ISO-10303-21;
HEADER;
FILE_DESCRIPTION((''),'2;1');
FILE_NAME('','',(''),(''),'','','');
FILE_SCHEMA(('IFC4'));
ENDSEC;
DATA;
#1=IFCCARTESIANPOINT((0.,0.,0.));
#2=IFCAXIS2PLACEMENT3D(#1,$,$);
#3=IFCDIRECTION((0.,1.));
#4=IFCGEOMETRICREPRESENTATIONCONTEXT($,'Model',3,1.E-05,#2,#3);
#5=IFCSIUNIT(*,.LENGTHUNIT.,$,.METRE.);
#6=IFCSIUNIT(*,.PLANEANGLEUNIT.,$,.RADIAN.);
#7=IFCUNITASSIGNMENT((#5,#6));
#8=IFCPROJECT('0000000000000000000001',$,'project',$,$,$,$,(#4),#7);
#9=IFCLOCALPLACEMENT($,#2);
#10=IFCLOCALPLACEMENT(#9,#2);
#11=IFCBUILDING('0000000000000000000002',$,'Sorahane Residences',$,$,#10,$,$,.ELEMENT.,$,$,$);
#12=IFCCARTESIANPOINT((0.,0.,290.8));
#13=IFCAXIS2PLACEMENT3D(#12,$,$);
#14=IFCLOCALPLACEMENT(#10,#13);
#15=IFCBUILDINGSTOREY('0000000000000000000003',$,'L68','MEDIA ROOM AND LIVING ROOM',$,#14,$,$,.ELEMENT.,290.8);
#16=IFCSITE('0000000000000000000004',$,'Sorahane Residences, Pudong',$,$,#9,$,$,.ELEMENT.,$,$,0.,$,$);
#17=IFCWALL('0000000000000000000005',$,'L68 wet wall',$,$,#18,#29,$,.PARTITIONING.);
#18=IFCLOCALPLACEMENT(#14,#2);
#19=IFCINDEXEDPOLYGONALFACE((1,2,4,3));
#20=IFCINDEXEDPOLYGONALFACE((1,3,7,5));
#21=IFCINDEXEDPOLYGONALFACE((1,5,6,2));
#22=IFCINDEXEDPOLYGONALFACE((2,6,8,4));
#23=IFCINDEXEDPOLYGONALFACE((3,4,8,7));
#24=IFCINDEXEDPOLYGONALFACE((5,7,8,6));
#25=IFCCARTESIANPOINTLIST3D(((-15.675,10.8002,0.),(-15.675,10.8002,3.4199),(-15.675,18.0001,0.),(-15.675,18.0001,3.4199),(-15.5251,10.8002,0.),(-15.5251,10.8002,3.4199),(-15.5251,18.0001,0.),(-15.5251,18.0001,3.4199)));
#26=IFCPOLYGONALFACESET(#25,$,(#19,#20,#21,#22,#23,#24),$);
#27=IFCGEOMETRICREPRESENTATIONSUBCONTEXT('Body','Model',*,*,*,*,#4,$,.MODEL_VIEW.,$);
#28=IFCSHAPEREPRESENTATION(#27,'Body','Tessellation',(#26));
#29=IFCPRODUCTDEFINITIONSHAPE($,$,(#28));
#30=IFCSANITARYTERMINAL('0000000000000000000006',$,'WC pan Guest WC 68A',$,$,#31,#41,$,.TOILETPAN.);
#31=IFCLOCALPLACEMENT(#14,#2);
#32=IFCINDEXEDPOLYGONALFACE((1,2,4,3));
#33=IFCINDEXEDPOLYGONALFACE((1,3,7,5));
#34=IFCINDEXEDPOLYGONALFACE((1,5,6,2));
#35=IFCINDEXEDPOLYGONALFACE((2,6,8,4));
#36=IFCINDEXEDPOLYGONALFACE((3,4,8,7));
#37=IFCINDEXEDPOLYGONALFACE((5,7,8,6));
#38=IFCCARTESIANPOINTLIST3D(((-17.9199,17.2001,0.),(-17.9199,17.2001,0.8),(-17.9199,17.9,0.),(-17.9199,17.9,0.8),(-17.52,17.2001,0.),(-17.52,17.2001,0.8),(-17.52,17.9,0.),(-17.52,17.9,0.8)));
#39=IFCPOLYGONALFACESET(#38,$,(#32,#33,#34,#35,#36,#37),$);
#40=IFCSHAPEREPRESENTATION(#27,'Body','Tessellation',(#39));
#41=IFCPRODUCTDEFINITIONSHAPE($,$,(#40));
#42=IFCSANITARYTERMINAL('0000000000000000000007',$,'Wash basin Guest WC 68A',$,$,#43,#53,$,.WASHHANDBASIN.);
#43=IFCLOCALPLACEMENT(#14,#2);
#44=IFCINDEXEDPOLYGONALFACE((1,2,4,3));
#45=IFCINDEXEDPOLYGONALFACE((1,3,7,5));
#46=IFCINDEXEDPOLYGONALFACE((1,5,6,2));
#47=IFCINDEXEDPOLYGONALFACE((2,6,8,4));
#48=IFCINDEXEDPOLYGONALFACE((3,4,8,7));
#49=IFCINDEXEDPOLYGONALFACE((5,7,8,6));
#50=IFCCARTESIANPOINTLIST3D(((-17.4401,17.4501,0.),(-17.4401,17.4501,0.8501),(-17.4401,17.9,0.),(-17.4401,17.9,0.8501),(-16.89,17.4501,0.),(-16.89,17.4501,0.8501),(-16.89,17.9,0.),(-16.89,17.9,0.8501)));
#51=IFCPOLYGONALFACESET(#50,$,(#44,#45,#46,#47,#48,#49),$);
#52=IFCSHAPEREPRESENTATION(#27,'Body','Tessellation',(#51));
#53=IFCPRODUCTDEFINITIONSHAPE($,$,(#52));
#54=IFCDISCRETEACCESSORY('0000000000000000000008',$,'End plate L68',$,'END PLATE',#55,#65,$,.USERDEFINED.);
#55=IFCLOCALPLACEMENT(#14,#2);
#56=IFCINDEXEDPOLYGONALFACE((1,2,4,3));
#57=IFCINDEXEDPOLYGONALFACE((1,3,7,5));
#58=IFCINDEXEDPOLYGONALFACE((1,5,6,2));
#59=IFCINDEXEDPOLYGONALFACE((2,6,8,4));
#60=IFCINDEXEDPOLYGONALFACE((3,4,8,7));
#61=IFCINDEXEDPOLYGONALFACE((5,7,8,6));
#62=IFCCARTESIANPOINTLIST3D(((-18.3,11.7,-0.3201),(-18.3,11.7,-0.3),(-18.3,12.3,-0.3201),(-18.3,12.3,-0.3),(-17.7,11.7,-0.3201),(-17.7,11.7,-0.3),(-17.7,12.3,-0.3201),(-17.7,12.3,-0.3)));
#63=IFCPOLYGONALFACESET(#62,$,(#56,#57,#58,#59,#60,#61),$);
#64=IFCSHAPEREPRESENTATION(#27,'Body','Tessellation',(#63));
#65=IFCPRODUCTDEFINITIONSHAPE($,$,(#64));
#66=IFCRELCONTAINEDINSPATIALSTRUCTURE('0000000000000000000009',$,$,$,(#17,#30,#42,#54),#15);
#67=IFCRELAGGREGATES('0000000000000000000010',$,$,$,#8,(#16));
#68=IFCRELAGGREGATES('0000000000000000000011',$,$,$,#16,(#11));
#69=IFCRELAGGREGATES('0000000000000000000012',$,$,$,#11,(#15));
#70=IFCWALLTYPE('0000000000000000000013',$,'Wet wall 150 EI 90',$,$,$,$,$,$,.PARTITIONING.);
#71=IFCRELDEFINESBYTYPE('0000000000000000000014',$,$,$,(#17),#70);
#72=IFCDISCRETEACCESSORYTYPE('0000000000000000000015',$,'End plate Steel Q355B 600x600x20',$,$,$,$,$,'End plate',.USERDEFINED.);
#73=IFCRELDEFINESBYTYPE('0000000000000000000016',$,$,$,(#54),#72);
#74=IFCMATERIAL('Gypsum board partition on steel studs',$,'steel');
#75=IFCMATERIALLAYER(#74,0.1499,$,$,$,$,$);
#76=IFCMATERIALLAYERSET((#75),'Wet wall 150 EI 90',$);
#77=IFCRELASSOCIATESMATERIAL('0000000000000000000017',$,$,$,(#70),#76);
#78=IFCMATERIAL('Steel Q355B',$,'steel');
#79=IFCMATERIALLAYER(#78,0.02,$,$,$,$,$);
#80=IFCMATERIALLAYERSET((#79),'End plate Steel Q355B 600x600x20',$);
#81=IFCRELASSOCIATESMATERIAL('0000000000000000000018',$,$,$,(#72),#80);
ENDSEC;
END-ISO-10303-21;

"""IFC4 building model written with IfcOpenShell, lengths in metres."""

from ifc_helpers import new_model, si_unit, direction, frame, frame_2d, origin, origin_2d, place, context, subcontext, project, spatial, rectangle, extrude, material, layer, layer_set, type_object, element, save


model = new_model("IFC4")

# Units and contexts
model_context = context("Model", 3, precision=1e-05, world=origin(), true_north=direction((0.0, 1.0)))
body_context = subcontext(model_context, "Body", "Model", "MODEL_VIEW")
ifc_project = project(units=[si_unit("LENGTHUNIT", "METRE"), si_unit("PLANEANGLEUNIT", "RADIAN")], contexts=[model_context])

# Site, building, storey
site_placement = place(None, origin())
site = spatial("IfcSite", under=ifc_project, at=site_placement, Name="Sorahane Residences, Pudong", CompositionType="ELEMENT", RefElevation=0.0)
building_placement = place(site_placement, origin())
building = spatial("IfcBuilding", under=site, at=building_placement, Name="Sorahane Residences", CompositionType="ELEMENT")
storey_placement = place(building_placement, frame((0.0, 0.0, 290.8)))
storey = spatial("IfcBuildingStorey", under=building, at=storey_placement, Name="L68", Description="MEDIA ROOM AND LIVING ROOM", CompositionType="ELEMENT", Elevation=290.8)

# Wall
ifc_material_1 = material(Name="Gypsum board partition on steel studs", Category="steel")
ifc_layer_1 = layer(ifc_material_1, 0.1499)
ifc_layer_set_1 = layer_set([ifc_layer_1], Name="Wet wall 150 EI 90")
wall_type_1 = type_object("IfcWallType", Name="Wet wall 150 EI 90", PredefinedType="PARTITIONING", material=ifc_layer_set_1)
wall_1_placement = place(storey_placement, frame((-15.6001, 10.8, 0.0), z_axis=(0.0, 0.0, 1.0), x_axis=(0.0, 1.0, 0.0)))
element("IfcWall", 1, at=wall_1_placement, inside=storey, type_object=wall_type_1, Name="L68 wet wall", PredefinedType="PARTITIONING", context=body_context, shape_type="SweptSolid", body=[
    extrude(rectangle(XDim=7.2, YDim=0.1499, at=frame_2d((3.6001, 0.0))), origin(), (0.0, 0.0, 1.0), 3.4199),
])

# Sanitary terminals
sanitary_terminal_1_placement = place(storey_placement, frame((-17.72, 17.55, 0.0), z_axis=(0.0, 0.0, 1.0), x_axis=(1.0, 0.0, 0.0)))
element("IfcSanitaryTerminal", 2, at=sanitary_terminal_1_placement, inside=storey, Name="WC pan Guest WC 68A", PredefinedType="TOILETPAN", context=body_context, shape_type="SweptSolid", body=[
    extrude(rectangle(XDim=0.3999, YDim=0.7, at=origin_2d()), origin(), (0.0, 0.0, 1.0), 0.8),
])
sanitary_terminal_2_placement = place(storey_placement, frame((-17.165, 17.675, 0.0), z_axis=(0.0, 0.0, 1.0), x_axis=(1.0, 0.0, 0.0)))
element("IfcSanitaryTerminal", 3, at=sanitary_terminal_2_placement, inside=storey, Name="Wash basin Guest WC 68A", PredefinedType="WASHHANDBASIN", context=body_context, shape_type="SweptSolid", body=[
    extrude(rectangle(XDim=0.55, YDim=0.45, at=origin_2d()), origin(), (0.0, 0.0, 1.0), 0.8501),
])

# Discrete accessory
ifc_material_2 = material(Name="Steel Q355B", Category="steel")
ifc_layer_2 = layer(ifc_material_2, 0.02)
ifc_layer_set_2 = layer_set([ifc_layer_2], Name="End plate Steel Q355B 600x600x20")
discrete_accessory_type = type_object("IfcDiscreteAccessoryType", Name="End plate Steel Q355B 600x600x20", ElementType="End plate", PredefinedType="USERDEFINED", material=ifc_layer_set_2)
discrete_accessory_placement = place(storey_placement, frame((-18.0, 12.0, -0.3201), z_axis=(0.0, 0.0, 1.0), x_axis=(1.0, 0.0, 0.0)))
element("IfcDiscreteAccessory", 4, at=discrete_accessory_placement, inside=storey, type_object=discrete_accessory_type, Name="End plate L68", ObjectType="END PLATE", PredefinedType="USERDEFINED", context=body_context, shape_type="SweptSolid", body=[
    extrude(rectangle(XDim=0.6001, YDim=0.6001, at=origin_2d()), origin(), (0.0, 0.0, 1.0), 0.02),
])

save(model, "model.ifc")
